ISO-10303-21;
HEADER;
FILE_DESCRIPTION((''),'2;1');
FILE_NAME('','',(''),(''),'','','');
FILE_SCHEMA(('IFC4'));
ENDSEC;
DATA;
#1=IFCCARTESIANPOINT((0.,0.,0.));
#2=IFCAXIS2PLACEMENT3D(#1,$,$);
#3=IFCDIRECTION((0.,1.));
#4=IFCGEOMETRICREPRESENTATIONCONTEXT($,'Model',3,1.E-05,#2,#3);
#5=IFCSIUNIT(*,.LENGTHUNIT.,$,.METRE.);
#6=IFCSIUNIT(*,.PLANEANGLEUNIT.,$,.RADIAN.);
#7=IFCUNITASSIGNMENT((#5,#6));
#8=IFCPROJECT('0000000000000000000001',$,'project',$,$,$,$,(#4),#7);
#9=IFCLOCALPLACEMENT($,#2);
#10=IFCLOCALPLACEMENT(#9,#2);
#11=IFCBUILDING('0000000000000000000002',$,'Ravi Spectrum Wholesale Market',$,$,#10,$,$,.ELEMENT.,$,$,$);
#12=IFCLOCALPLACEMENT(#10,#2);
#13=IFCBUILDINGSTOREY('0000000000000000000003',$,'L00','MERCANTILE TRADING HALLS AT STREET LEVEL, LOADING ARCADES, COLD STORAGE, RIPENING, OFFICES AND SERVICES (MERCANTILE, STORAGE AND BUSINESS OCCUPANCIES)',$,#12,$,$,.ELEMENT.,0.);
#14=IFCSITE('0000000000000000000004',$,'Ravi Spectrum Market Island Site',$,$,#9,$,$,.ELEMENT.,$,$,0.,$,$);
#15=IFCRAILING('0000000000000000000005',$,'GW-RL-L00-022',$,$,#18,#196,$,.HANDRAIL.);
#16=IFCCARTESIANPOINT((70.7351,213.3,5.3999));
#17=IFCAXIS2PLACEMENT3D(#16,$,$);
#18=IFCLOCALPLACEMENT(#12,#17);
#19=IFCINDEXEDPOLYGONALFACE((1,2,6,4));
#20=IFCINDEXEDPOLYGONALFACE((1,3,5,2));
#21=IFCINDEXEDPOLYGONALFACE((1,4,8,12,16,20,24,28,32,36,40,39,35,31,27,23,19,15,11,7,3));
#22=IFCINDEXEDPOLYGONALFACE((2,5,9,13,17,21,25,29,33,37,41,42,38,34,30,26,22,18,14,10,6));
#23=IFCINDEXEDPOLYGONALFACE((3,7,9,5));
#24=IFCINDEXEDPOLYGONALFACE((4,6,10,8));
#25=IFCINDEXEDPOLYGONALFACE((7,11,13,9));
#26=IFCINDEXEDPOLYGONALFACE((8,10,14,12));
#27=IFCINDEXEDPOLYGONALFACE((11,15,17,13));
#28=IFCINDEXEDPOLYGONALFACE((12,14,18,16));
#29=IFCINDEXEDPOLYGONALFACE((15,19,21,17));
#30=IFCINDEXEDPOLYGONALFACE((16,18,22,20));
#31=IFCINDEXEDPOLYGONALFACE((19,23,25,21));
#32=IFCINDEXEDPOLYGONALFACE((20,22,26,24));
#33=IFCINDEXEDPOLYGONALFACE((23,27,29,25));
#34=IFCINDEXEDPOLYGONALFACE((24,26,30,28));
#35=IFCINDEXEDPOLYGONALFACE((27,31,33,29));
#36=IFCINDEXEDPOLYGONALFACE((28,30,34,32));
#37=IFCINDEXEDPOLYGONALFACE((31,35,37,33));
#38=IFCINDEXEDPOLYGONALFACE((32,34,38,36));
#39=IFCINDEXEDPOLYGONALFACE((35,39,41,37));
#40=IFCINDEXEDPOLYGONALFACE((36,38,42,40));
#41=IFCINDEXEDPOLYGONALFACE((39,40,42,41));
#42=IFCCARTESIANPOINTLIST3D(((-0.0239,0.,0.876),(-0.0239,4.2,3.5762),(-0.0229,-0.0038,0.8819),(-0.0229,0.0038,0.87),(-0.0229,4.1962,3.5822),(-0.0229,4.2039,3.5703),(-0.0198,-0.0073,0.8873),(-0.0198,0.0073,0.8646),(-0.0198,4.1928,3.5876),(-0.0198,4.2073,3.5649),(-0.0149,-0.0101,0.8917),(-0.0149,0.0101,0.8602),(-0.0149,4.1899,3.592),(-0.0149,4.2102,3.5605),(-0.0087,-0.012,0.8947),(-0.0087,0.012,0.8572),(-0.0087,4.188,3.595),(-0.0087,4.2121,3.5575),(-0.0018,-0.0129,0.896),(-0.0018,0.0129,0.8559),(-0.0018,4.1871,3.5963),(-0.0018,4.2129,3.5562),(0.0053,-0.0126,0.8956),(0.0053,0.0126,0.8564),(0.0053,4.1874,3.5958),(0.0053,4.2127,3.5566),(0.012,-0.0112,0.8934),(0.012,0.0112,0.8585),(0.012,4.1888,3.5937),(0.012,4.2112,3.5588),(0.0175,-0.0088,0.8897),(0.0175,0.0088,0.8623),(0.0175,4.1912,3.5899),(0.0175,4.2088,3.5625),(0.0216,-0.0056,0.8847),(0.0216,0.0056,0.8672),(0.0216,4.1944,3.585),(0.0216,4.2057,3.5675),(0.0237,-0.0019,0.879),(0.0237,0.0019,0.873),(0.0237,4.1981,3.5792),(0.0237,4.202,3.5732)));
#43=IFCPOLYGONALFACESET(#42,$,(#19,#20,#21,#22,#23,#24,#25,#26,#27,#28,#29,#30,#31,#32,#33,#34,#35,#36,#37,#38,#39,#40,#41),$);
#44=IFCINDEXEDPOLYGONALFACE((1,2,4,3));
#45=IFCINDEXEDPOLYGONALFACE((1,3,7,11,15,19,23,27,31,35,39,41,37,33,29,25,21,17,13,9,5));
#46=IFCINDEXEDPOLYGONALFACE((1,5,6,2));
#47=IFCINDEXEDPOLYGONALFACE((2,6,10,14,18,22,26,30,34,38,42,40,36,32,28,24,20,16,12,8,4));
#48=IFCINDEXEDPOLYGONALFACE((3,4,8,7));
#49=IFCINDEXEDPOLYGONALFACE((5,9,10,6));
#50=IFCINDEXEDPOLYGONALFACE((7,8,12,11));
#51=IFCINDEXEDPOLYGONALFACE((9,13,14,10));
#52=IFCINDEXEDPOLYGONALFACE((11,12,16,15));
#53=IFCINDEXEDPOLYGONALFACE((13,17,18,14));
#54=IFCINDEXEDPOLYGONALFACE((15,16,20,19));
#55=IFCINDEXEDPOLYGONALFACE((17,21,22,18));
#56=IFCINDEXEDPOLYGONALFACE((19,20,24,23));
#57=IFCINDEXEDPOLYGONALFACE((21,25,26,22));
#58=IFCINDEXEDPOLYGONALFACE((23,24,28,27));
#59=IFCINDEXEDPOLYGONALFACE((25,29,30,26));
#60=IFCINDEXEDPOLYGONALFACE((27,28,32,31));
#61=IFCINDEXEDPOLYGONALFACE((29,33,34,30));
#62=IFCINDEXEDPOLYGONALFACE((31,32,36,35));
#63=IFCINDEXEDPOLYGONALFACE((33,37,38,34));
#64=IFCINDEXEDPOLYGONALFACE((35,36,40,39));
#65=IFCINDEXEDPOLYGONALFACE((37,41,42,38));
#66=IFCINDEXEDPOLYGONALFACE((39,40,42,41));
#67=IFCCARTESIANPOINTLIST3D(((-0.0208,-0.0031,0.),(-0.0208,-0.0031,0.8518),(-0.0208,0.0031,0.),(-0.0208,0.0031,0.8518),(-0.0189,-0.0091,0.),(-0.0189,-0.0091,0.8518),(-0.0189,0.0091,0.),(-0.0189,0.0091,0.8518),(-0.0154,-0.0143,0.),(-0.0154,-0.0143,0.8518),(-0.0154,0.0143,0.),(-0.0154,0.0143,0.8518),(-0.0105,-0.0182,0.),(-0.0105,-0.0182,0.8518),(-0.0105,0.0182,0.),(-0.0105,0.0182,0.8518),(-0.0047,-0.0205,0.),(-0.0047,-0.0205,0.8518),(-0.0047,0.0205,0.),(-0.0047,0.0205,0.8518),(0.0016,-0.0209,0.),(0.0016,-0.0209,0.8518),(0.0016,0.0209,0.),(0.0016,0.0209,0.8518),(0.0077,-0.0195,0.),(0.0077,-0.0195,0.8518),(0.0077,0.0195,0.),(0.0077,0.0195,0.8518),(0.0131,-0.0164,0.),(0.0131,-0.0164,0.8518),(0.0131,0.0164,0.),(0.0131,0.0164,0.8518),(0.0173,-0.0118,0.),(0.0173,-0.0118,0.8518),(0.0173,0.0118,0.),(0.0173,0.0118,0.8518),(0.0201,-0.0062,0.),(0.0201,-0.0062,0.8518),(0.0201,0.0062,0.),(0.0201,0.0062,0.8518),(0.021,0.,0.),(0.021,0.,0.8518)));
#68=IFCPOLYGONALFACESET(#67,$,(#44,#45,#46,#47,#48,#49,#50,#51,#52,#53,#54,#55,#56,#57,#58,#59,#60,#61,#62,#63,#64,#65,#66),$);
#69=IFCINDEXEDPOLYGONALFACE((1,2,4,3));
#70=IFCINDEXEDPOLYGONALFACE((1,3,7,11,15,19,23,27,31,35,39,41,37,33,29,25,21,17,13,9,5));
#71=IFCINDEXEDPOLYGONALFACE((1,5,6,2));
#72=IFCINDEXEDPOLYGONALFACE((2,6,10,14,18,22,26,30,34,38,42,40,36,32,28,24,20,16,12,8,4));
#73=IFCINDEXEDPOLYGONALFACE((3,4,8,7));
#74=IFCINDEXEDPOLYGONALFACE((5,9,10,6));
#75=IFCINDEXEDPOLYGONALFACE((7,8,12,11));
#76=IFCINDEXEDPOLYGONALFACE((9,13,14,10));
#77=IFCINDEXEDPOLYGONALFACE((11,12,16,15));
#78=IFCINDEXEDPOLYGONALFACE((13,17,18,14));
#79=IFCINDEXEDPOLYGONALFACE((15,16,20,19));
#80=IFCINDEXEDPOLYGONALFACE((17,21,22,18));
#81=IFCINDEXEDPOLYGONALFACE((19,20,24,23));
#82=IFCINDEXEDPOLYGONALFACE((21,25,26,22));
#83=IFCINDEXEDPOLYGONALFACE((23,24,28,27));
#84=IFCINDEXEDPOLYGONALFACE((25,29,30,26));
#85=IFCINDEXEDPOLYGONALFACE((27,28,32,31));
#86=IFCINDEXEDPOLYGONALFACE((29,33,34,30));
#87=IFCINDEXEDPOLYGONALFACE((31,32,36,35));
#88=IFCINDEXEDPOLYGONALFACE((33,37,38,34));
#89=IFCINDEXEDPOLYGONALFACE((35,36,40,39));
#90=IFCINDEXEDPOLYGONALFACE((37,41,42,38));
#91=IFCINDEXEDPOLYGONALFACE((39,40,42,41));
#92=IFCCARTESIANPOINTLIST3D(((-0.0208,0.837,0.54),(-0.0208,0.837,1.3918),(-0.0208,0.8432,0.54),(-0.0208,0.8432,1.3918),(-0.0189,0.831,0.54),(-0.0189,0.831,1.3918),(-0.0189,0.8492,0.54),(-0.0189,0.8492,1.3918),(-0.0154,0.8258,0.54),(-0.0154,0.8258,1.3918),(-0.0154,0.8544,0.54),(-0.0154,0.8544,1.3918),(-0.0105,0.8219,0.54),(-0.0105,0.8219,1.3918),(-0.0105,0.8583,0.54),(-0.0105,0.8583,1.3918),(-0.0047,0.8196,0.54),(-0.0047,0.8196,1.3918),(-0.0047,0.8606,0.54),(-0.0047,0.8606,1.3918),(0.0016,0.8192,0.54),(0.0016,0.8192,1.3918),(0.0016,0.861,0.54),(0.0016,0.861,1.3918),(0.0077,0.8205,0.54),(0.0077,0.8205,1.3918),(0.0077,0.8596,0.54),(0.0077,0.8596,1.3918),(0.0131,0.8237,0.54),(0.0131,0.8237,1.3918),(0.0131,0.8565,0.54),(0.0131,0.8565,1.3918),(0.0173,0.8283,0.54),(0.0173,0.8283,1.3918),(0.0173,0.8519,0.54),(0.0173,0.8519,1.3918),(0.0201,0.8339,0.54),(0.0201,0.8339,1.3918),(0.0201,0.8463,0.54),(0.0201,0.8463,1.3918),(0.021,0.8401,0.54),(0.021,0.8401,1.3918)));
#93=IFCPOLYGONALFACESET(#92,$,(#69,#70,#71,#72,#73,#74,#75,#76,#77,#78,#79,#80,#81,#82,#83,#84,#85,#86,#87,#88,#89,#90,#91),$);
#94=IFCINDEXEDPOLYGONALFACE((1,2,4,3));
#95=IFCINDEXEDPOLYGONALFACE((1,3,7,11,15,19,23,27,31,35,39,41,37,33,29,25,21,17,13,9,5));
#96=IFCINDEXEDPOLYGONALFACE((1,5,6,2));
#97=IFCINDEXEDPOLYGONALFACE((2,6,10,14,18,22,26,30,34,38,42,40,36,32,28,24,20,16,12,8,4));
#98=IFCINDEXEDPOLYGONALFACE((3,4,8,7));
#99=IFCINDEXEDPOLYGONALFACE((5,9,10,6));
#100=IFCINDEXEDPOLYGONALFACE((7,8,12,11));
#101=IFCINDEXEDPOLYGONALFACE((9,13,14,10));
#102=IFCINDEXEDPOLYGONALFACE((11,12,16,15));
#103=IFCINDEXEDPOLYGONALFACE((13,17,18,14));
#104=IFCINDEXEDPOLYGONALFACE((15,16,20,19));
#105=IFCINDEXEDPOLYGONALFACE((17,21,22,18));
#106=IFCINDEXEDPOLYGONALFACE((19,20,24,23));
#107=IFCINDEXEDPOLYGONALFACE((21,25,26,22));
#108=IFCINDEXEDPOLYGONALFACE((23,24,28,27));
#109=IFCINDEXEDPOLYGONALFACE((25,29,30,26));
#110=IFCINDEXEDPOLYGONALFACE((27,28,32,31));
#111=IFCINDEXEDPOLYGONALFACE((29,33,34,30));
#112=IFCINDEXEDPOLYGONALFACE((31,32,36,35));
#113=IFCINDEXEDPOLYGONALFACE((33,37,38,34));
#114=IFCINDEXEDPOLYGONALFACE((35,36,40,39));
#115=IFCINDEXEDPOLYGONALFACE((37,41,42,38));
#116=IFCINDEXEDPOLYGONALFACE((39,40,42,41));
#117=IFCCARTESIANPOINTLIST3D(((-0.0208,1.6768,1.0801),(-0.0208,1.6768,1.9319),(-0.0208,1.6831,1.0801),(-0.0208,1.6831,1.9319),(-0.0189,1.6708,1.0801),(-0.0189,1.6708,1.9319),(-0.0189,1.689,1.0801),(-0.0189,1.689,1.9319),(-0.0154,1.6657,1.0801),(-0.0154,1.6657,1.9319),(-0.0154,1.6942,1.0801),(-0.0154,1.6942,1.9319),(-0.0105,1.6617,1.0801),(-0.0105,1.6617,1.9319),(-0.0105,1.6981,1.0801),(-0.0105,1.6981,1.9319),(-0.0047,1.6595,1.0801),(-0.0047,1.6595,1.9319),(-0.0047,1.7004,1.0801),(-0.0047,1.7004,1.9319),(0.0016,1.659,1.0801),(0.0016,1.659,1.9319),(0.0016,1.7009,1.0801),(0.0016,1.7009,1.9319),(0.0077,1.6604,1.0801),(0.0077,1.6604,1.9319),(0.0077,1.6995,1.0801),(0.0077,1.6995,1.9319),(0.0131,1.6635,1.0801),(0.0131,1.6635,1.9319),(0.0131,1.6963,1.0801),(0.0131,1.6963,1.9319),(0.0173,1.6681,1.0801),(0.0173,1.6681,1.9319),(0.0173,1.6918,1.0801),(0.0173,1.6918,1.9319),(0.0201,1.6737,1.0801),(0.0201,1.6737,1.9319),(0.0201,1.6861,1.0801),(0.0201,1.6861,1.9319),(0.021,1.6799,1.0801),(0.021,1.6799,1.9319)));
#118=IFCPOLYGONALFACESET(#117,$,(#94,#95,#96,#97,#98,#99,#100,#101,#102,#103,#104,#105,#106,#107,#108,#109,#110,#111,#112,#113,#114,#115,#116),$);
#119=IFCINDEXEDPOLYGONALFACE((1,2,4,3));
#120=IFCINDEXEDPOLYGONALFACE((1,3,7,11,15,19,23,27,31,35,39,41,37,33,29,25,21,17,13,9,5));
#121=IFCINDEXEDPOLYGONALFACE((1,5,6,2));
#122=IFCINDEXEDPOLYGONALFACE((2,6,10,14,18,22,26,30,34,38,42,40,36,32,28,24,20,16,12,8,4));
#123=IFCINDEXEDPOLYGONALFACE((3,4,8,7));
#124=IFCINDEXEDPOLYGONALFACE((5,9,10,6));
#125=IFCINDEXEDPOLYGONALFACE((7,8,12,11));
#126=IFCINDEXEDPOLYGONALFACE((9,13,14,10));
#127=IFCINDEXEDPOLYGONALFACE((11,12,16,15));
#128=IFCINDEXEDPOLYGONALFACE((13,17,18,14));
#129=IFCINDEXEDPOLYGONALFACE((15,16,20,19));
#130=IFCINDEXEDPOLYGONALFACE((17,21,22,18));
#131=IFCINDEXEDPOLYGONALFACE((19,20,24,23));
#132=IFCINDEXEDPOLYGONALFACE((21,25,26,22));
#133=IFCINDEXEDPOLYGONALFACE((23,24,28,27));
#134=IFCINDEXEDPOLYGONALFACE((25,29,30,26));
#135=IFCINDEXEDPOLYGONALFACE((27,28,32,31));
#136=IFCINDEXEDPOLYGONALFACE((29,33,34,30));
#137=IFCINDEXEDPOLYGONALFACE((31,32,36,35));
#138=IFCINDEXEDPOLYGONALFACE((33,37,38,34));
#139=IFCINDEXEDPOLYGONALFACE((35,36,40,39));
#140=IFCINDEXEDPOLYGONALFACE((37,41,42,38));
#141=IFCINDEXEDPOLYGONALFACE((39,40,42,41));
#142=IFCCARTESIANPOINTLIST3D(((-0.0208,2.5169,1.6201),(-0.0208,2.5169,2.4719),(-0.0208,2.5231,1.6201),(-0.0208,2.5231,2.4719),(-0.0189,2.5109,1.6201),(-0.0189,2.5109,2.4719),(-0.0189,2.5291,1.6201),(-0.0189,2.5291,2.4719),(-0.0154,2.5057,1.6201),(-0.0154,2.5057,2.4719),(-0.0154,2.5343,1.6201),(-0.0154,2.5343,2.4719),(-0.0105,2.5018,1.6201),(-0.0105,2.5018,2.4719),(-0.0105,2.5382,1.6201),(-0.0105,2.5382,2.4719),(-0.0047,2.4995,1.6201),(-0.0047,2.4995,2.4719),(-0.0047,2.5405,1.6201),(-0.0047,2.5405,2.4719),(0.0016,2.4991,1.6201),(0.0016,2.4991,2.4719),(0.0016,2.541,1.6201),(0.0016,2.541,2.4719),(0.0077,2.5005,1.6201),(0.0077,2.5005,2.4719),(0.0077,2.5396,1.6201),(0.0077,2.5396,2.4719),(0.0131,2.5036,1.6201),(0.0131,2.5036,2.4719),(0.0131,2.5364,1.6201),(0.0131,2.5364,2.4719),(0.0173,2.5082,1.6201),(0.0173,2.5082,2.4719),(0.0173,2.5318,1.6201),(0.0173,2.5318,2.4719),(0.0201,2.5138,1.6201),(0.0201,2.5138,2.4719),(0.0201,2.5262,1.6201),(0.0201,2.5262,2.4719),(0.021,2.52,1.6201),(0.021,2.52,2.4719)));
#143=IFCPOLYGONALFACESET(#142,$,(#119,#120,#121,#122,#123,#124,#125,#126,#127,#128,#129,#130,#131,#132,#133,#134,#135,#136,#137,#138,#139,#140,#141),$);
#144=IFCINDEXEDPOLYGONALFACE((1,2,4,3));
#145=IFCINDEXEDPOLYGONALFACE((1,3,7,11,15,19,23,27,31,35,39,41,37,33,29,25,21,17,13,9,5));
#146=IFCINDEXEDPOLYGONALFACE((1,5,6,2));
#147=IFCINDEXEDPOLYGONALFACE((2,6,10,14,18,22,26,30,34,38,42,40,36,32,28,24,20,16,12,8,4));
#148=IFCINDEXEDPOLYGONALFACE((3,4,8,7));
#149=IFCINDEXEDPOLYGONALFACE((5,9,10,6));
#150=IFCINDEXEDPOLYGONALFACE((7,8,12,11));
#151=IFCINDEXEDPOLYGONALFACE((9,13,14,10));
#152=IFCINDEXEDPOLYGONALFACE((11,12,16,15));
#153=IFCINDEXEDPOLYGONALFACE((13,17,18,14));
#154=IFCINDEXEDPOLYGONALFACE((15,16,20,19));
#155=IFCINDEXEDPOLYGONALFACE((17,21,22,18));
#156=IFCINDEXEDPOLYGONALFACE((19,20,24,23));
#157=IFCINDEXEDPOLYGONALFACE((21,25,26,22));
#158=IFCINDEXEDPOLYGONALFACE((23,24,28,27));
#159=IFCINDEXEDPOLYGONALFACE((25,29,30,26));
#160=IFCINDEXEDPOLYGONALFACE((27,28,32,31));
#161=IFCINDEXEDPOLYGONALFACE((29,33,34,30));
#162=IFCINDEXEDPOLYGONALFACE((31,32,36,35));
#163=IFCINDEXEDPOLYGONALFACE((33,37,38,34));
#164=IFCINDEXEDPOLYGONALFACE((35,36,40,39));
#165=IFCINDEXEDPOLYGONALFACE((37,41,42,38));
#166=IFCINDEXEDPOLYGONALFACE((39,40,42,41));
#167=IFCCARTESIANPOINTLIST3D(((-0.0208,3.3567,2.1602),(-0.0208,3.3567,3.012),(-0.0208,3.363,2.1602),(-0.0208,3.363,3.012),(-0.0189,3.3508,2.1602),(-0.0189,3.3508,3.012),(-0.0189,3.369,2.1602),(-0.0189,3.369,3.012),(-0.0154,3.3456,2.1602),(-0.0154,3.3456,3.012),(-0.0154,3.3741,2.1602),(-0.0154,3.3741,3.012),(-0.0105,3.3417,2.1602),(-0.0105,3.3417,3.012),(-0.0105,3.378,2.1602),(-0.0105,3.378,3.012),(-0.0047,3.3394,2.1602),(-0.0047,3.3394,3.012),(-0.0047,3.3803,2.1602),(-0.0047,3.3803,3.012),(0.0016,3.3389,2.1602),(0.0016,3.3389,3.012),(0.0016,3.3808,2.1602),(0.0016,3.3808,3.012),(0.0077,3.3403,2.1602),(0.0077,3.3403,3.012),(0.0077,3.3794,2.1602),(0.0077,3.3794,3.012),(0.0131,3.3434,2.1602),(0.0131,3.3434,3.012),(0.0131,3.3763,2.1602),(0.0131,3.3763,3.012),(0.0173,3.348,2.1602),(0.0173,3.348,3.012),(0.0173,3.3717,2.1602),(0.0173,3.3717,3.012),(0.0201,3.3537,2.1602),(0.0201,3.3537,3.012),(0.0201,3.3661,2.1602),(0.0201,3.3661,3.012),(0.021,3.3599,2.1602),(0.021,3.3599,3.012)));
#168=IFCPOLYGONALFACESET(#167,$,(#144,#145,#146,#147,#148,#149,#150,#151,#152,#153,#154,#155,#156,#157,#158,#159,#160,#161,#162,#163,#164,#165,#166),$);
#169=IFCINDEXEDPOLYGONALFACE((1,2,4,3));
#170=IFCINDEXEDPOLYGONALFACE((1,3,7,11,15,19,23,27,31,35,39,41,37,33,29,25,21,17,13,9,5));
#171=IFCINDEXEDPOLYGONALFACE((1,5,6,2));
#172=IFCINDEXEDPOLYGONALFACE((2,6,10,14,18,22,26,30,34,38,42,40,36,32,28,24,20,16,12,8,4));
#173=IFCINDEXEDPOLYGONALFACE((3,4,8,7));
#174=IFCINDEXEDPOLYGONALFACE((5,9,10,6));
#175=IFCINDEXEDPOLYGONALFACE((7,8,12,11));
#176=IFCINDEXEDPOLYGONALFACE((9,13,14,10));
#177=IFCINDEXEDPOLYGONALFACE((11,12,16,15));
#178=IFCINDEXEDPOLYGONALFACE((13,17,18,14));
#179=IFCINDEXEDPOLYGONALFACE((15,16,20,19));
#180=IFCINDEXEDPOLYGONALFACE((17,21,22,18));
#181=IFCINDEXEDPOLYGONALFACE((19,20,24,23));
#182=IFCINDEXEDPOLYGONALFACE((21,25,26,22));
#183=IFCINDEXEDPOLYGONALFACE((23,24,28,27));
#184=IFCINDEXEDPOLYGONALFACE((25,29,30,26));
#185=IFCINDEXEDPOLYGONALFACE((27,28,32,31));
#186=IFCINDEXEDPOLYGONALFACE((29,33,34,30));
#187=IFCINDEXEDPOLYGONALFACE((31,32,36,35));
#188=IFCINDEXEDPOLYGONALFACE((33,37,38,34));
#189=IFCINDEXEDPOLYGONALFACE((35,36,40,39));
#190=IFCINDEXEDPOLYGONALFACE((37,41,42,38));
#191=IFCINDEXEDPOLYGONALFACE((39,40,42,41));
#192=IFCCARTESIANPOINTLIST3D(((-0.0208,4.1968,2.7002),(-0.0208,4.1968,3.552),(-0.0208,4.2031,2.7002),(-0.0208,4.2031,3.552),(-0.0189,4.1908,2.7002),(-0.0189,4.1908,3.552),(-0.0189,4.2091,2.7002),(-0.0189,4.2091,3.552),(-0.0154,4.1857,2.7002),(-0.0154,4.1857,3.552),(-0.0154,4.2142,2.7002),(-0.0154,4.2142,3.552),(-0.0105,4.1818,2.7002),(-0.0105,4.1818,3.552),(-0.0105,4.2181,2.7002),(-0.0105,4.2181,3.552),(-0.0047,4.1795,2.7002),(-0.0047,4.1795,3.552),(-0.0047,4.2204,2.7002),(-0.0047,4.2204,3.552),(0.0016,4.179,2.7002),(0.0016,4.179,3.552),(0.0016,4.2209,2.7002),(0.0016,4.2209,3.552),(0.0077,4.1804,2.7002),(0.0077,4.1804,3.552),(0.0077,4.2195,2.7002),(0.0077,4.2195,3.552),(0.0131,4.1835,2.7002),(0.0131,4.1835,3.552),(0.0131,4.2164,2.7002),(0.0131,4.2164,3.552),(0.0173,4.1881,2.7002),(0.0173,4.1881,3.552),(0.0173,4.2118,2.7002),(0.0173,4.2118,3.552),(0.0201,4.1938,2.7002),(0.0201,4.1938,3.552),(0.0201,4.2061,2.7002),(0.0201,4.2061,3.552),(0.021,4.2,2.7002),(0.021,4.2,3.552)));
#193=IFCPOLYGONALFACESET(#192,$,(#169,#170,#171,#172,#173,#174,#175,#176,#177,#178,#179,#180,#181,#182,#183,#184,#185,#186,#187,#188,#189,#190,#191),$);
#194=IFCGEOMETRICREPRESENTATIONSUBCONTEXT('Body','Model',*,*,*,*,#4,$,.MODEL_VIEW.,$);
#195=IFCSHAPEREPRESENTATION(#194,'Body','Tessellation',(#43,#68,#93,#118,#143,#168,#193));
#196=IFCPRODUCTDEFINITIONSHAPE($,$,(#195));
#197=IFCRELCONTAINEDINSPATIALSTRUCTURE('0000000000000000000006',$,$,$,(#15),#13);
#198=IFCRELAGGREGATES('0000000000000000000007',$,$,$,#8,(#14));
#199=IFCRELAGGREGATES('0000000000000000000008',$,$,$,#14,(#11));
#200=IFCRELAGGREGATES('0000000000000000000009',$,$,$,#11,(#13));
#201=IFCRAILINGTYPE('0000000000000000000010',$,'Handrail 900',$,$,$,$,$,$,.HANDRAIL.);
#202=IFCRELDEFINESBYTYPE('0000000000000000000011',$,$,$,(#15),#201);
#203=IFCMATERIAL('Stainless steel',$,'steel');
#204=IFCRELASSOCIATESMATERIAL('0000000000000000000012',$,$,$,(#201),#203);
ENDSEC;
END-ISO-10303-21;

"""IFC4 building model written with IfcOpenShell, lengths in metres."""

from ifc_helpers import new_model, si_unit, direction, frame, origin, origin_2d, place, context, subcontext, project, spatial, circle, extrude, material, type_object, element, save


model = new_model("IFC4")

# Units and contexts
model_context = context("Model", 3, precision=1e-05, world=origin(), true_north=direction((0.0, 1.0)))
body_context = subcontext(model_context, "Body", "Model", "MODEL_VIEW")
ifc_project = project(units=[si_unit("LENGTHUNIT", "METRE"), si_unit("PLANEANGLEUNIT", "RADIAN")], contexts=[model_context])

# Site, building, storey
site_placement = place(None, origin())
site = spatial("IfcSite", under=ifc_project, at=site_placement, Name="Ravi Spectrum Market Island Site", CompositionType="ELEMENT", RefElevation=0.0)
building_placement = place(site_placement, origin())
building = spatial("IfcBuilding", under=site, at=building_placement, Name="Ravi Spectrum Wholesale Market", CompositionType="ELEMENT")
storey_placement = place(building_placement, origin())
storey = spatial("IfcBuildingStorey", under=building, at=storey_placement, Name="L00", Description="MERCANTILE TRADING HALLS AT STREET LEVEL, LOADING ARCADES, COLD STORAGE, RIPENING, OFFICES AND SERVICES (MERCANTILE, STORAGE AND BUSINESS OCCUPANCIES)", CompositionType="ELEMENT", Elevation=0.0)

# Railing
ifc_material_1 = material(Name="Stainless steel", Category="steel")
railing_type_1 = type_object("IfcRailingType", Name="Handrail 900", PredefinedType="HANDRAIL", material=ifc_material_1)
railing_1_placement = place(storey_placement, frame((70.7351, 213.3, 5.3999)))
element("IfcRailing", 1, at=railing_1_placement, inside=storey, type_object=railing_type_1, Name="GW-RL-L00-022", PredefinedType="HANDRAIL", context=body_context, shape_type="SweptSolid", body=[
    extrude(circle(Radius=0.0239, at=origin_2d()), frame((0.0, 0.0, 0.876), z_axis=(0.0, 0.841158, 0.54079), x_axis=(-1.0, 0.0, 0.0)), (0.0, 0.0, 1.0), 4.9932),
    extrude(circle(Radius=0.021, at=origin_2d()), origin(), (0.0, 0.0, 1.0), 0.8518),
    extrude(circle(Radius=0.021, at=origin_2d()), frame((0.0, 0.8401, 0.54)), (0.0, 0.0, 1.0), 0.8518),
    extrude(circle(Radius=0.021, at=origin_2d()), frame((0.0, 1.6799, 1.0801)), (0.0, 0.0, 1.0), 0.8518),
    extrude(circle(Radius=0.021, at=origin_2d()), frame((0.0, 2.52, 1.6201)), (0.0, 0.0, 1.0), 0.8518),
    extrude(circle(Radius=0.021, at=origin_2d()), frame((0.0, 3.3599, 2.1602)), (0.0, 0.0, 1.0), 0.8518),
    extrude(circle(Radius=0.021, at=origin_2d()), frame((0.0, 4.2, 2.7002)), (0.0, 0.0, 1.0), 0.8518),
])

save(model, "model.ifc")
